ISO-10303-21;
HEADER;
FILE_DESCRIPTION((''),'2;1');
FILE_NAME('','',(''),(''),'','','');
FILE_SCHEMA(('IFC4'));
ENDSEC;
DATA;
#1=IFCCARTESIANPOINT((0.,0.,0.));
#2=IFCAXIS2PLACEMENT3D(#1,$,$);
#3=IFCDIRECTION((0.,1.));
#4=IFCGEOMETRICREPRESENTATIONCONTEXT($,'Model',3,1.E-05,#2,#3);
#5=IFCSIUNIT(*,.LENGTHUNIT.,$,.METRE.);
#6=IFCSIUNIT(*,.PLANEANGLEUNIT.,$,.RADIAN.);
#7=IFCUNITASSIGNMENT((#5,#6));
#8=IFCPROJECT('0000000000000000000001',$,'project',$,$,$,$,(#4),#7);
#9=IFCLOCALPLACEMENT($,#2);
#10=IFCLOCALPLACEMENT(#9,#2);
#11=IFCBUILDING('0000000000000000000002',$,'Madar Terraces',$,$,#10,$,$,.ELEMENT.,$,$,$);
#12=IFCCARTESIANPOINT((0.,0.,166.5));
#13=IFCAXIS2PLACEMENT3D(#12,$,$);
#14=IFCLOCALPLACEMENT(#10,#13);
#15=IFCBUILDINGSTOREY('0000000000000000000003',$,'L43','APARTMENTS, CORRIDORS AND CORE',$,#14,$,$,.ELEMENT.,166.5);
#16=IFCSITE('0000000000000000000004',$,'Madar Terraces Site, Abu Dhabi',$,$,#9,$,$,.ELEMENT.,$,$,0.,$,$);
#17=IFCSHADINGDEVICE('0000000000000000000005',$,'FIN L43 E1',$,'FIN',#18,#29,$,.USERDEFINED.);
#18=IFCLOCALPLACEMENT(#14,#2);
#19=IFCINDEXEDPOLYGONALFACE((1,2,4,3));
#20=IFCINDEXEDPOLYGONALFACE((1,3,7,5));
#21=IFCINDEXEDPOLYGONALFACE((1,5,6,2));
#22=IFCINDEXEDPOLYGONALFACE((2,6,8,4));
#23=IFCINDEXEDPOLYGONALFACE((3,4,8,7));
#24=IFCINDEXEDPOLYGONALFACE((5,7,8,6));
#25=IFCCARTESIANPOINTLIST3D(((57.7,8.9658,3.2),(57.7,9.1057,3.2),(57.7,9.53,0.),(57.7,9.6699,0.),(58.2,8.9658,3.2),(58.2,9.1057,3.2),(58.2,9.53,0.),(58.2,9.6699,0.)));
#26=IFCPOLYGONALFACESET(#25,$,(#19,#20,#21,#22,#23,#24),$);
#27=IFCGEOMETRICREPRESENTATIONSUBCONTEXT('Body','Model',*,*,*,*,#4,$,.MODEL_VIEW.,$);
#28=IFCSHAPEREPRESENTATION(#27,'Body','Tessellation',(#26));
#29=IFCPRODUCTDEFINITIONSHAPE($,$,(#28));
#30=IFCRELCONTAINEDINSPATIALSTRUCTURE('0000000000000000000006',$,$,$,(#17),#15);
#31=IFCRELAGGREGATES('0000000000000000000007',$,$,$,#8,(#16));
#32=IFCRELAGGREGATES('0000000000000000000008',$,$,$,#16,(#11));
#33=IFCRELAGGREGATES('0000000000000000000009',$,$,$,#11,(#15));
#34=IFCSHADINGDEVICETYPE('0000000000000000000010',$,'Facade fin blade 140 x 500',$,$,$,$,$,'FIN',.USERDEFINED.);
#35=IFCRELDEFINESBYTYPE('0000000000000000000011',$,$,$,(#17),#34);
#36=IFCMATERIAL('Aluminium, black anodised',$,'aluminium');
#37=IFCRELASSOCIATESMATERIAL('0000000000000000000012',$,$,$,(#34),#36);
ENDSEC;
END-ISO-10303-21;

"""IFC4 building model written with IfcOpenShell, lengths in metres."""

from ifc_helpers import new_model, si_unit, direction, frame, origin, place, context, subcontext, project, spatial, polyline, outline, extrude, material, type_object, element, save


model = new_model("IFC4")

# Units and contexts
model_context = context("Model", 3, precision=1e-05, world=origin(), true_north=direction((0.0, 1.0)))
body_context = subcontext(model_context, "Body", "Model", "MODEL_VIEW")
ifc_project = project(units=[si_unit("LENGTHUNIT", "METRE"), si_unit("PLANEANGLEUNIT", "RADIAN")], contexts=[model_context])

# Site, building, storey
site_placement = place(None, origin())
site = spatial("IfcSite", under=ifc_project, at=site_placement, Name="Madar Terraces Site, Abu Dhabi", CompositionType="ELEMENT", RefElevation=0.0)
building_placement = place(site_placement, origin())
building = spatial("IfcBuilding", under=site, at=building_placement, Name="Madar Terraces", CompositionType="ELEMENT")
storey_placement = place(building_placement, frame((0.0, 0.0, 166.5)))
storey = spatial("IfcBuildingStorey", under=building, at=storey_placement, Name="L43", Description="APARTMENTS, CORRIDORS AND CORE", CompositionType="ELEMENT", Elevation=166.5)

# Shading device
ifc_material_1 = material(Name="Aluminium, black anodised", Category="aluminium")
shading_device_type = type_object("IfcShadingDeviceType", Name="Facade fin blade 140 x 500", ElementType="FIN", PredefinedType="USERDEFINED", material=ifc_material_1)
shading_device_1_placement = place(storey_placement, frame((57.95, 9.53, 0.0), z_axis=(0.0, 0.0, 1.0), x_axis=(0.0, 1.0, 0.0)))
element("IfcShadingDevice", 1, at=shading_device_1_placement, inside=storey, type_object=shading_device_type, Name="FIN L43 E1", ObjectType="FIN", PredefinedType="USERDEFINED", context=body_context, shape_type="SweptSolid", body=[
    extrude(outline(polyline([(0.0, 0.0), (0.1399, 0.0), (-0.4243, 3.2), (-0.5642, 3.2), (0.0, 0.0)])), frame((0.0, 0.25, 0.0), z_axis=(0.0, -1.0, 0.0), x_axis=(1.0, 0.0, 0.0)), (0.0, 0.0, 1.0), 0.5),
])

save(model, "model.ifc")
